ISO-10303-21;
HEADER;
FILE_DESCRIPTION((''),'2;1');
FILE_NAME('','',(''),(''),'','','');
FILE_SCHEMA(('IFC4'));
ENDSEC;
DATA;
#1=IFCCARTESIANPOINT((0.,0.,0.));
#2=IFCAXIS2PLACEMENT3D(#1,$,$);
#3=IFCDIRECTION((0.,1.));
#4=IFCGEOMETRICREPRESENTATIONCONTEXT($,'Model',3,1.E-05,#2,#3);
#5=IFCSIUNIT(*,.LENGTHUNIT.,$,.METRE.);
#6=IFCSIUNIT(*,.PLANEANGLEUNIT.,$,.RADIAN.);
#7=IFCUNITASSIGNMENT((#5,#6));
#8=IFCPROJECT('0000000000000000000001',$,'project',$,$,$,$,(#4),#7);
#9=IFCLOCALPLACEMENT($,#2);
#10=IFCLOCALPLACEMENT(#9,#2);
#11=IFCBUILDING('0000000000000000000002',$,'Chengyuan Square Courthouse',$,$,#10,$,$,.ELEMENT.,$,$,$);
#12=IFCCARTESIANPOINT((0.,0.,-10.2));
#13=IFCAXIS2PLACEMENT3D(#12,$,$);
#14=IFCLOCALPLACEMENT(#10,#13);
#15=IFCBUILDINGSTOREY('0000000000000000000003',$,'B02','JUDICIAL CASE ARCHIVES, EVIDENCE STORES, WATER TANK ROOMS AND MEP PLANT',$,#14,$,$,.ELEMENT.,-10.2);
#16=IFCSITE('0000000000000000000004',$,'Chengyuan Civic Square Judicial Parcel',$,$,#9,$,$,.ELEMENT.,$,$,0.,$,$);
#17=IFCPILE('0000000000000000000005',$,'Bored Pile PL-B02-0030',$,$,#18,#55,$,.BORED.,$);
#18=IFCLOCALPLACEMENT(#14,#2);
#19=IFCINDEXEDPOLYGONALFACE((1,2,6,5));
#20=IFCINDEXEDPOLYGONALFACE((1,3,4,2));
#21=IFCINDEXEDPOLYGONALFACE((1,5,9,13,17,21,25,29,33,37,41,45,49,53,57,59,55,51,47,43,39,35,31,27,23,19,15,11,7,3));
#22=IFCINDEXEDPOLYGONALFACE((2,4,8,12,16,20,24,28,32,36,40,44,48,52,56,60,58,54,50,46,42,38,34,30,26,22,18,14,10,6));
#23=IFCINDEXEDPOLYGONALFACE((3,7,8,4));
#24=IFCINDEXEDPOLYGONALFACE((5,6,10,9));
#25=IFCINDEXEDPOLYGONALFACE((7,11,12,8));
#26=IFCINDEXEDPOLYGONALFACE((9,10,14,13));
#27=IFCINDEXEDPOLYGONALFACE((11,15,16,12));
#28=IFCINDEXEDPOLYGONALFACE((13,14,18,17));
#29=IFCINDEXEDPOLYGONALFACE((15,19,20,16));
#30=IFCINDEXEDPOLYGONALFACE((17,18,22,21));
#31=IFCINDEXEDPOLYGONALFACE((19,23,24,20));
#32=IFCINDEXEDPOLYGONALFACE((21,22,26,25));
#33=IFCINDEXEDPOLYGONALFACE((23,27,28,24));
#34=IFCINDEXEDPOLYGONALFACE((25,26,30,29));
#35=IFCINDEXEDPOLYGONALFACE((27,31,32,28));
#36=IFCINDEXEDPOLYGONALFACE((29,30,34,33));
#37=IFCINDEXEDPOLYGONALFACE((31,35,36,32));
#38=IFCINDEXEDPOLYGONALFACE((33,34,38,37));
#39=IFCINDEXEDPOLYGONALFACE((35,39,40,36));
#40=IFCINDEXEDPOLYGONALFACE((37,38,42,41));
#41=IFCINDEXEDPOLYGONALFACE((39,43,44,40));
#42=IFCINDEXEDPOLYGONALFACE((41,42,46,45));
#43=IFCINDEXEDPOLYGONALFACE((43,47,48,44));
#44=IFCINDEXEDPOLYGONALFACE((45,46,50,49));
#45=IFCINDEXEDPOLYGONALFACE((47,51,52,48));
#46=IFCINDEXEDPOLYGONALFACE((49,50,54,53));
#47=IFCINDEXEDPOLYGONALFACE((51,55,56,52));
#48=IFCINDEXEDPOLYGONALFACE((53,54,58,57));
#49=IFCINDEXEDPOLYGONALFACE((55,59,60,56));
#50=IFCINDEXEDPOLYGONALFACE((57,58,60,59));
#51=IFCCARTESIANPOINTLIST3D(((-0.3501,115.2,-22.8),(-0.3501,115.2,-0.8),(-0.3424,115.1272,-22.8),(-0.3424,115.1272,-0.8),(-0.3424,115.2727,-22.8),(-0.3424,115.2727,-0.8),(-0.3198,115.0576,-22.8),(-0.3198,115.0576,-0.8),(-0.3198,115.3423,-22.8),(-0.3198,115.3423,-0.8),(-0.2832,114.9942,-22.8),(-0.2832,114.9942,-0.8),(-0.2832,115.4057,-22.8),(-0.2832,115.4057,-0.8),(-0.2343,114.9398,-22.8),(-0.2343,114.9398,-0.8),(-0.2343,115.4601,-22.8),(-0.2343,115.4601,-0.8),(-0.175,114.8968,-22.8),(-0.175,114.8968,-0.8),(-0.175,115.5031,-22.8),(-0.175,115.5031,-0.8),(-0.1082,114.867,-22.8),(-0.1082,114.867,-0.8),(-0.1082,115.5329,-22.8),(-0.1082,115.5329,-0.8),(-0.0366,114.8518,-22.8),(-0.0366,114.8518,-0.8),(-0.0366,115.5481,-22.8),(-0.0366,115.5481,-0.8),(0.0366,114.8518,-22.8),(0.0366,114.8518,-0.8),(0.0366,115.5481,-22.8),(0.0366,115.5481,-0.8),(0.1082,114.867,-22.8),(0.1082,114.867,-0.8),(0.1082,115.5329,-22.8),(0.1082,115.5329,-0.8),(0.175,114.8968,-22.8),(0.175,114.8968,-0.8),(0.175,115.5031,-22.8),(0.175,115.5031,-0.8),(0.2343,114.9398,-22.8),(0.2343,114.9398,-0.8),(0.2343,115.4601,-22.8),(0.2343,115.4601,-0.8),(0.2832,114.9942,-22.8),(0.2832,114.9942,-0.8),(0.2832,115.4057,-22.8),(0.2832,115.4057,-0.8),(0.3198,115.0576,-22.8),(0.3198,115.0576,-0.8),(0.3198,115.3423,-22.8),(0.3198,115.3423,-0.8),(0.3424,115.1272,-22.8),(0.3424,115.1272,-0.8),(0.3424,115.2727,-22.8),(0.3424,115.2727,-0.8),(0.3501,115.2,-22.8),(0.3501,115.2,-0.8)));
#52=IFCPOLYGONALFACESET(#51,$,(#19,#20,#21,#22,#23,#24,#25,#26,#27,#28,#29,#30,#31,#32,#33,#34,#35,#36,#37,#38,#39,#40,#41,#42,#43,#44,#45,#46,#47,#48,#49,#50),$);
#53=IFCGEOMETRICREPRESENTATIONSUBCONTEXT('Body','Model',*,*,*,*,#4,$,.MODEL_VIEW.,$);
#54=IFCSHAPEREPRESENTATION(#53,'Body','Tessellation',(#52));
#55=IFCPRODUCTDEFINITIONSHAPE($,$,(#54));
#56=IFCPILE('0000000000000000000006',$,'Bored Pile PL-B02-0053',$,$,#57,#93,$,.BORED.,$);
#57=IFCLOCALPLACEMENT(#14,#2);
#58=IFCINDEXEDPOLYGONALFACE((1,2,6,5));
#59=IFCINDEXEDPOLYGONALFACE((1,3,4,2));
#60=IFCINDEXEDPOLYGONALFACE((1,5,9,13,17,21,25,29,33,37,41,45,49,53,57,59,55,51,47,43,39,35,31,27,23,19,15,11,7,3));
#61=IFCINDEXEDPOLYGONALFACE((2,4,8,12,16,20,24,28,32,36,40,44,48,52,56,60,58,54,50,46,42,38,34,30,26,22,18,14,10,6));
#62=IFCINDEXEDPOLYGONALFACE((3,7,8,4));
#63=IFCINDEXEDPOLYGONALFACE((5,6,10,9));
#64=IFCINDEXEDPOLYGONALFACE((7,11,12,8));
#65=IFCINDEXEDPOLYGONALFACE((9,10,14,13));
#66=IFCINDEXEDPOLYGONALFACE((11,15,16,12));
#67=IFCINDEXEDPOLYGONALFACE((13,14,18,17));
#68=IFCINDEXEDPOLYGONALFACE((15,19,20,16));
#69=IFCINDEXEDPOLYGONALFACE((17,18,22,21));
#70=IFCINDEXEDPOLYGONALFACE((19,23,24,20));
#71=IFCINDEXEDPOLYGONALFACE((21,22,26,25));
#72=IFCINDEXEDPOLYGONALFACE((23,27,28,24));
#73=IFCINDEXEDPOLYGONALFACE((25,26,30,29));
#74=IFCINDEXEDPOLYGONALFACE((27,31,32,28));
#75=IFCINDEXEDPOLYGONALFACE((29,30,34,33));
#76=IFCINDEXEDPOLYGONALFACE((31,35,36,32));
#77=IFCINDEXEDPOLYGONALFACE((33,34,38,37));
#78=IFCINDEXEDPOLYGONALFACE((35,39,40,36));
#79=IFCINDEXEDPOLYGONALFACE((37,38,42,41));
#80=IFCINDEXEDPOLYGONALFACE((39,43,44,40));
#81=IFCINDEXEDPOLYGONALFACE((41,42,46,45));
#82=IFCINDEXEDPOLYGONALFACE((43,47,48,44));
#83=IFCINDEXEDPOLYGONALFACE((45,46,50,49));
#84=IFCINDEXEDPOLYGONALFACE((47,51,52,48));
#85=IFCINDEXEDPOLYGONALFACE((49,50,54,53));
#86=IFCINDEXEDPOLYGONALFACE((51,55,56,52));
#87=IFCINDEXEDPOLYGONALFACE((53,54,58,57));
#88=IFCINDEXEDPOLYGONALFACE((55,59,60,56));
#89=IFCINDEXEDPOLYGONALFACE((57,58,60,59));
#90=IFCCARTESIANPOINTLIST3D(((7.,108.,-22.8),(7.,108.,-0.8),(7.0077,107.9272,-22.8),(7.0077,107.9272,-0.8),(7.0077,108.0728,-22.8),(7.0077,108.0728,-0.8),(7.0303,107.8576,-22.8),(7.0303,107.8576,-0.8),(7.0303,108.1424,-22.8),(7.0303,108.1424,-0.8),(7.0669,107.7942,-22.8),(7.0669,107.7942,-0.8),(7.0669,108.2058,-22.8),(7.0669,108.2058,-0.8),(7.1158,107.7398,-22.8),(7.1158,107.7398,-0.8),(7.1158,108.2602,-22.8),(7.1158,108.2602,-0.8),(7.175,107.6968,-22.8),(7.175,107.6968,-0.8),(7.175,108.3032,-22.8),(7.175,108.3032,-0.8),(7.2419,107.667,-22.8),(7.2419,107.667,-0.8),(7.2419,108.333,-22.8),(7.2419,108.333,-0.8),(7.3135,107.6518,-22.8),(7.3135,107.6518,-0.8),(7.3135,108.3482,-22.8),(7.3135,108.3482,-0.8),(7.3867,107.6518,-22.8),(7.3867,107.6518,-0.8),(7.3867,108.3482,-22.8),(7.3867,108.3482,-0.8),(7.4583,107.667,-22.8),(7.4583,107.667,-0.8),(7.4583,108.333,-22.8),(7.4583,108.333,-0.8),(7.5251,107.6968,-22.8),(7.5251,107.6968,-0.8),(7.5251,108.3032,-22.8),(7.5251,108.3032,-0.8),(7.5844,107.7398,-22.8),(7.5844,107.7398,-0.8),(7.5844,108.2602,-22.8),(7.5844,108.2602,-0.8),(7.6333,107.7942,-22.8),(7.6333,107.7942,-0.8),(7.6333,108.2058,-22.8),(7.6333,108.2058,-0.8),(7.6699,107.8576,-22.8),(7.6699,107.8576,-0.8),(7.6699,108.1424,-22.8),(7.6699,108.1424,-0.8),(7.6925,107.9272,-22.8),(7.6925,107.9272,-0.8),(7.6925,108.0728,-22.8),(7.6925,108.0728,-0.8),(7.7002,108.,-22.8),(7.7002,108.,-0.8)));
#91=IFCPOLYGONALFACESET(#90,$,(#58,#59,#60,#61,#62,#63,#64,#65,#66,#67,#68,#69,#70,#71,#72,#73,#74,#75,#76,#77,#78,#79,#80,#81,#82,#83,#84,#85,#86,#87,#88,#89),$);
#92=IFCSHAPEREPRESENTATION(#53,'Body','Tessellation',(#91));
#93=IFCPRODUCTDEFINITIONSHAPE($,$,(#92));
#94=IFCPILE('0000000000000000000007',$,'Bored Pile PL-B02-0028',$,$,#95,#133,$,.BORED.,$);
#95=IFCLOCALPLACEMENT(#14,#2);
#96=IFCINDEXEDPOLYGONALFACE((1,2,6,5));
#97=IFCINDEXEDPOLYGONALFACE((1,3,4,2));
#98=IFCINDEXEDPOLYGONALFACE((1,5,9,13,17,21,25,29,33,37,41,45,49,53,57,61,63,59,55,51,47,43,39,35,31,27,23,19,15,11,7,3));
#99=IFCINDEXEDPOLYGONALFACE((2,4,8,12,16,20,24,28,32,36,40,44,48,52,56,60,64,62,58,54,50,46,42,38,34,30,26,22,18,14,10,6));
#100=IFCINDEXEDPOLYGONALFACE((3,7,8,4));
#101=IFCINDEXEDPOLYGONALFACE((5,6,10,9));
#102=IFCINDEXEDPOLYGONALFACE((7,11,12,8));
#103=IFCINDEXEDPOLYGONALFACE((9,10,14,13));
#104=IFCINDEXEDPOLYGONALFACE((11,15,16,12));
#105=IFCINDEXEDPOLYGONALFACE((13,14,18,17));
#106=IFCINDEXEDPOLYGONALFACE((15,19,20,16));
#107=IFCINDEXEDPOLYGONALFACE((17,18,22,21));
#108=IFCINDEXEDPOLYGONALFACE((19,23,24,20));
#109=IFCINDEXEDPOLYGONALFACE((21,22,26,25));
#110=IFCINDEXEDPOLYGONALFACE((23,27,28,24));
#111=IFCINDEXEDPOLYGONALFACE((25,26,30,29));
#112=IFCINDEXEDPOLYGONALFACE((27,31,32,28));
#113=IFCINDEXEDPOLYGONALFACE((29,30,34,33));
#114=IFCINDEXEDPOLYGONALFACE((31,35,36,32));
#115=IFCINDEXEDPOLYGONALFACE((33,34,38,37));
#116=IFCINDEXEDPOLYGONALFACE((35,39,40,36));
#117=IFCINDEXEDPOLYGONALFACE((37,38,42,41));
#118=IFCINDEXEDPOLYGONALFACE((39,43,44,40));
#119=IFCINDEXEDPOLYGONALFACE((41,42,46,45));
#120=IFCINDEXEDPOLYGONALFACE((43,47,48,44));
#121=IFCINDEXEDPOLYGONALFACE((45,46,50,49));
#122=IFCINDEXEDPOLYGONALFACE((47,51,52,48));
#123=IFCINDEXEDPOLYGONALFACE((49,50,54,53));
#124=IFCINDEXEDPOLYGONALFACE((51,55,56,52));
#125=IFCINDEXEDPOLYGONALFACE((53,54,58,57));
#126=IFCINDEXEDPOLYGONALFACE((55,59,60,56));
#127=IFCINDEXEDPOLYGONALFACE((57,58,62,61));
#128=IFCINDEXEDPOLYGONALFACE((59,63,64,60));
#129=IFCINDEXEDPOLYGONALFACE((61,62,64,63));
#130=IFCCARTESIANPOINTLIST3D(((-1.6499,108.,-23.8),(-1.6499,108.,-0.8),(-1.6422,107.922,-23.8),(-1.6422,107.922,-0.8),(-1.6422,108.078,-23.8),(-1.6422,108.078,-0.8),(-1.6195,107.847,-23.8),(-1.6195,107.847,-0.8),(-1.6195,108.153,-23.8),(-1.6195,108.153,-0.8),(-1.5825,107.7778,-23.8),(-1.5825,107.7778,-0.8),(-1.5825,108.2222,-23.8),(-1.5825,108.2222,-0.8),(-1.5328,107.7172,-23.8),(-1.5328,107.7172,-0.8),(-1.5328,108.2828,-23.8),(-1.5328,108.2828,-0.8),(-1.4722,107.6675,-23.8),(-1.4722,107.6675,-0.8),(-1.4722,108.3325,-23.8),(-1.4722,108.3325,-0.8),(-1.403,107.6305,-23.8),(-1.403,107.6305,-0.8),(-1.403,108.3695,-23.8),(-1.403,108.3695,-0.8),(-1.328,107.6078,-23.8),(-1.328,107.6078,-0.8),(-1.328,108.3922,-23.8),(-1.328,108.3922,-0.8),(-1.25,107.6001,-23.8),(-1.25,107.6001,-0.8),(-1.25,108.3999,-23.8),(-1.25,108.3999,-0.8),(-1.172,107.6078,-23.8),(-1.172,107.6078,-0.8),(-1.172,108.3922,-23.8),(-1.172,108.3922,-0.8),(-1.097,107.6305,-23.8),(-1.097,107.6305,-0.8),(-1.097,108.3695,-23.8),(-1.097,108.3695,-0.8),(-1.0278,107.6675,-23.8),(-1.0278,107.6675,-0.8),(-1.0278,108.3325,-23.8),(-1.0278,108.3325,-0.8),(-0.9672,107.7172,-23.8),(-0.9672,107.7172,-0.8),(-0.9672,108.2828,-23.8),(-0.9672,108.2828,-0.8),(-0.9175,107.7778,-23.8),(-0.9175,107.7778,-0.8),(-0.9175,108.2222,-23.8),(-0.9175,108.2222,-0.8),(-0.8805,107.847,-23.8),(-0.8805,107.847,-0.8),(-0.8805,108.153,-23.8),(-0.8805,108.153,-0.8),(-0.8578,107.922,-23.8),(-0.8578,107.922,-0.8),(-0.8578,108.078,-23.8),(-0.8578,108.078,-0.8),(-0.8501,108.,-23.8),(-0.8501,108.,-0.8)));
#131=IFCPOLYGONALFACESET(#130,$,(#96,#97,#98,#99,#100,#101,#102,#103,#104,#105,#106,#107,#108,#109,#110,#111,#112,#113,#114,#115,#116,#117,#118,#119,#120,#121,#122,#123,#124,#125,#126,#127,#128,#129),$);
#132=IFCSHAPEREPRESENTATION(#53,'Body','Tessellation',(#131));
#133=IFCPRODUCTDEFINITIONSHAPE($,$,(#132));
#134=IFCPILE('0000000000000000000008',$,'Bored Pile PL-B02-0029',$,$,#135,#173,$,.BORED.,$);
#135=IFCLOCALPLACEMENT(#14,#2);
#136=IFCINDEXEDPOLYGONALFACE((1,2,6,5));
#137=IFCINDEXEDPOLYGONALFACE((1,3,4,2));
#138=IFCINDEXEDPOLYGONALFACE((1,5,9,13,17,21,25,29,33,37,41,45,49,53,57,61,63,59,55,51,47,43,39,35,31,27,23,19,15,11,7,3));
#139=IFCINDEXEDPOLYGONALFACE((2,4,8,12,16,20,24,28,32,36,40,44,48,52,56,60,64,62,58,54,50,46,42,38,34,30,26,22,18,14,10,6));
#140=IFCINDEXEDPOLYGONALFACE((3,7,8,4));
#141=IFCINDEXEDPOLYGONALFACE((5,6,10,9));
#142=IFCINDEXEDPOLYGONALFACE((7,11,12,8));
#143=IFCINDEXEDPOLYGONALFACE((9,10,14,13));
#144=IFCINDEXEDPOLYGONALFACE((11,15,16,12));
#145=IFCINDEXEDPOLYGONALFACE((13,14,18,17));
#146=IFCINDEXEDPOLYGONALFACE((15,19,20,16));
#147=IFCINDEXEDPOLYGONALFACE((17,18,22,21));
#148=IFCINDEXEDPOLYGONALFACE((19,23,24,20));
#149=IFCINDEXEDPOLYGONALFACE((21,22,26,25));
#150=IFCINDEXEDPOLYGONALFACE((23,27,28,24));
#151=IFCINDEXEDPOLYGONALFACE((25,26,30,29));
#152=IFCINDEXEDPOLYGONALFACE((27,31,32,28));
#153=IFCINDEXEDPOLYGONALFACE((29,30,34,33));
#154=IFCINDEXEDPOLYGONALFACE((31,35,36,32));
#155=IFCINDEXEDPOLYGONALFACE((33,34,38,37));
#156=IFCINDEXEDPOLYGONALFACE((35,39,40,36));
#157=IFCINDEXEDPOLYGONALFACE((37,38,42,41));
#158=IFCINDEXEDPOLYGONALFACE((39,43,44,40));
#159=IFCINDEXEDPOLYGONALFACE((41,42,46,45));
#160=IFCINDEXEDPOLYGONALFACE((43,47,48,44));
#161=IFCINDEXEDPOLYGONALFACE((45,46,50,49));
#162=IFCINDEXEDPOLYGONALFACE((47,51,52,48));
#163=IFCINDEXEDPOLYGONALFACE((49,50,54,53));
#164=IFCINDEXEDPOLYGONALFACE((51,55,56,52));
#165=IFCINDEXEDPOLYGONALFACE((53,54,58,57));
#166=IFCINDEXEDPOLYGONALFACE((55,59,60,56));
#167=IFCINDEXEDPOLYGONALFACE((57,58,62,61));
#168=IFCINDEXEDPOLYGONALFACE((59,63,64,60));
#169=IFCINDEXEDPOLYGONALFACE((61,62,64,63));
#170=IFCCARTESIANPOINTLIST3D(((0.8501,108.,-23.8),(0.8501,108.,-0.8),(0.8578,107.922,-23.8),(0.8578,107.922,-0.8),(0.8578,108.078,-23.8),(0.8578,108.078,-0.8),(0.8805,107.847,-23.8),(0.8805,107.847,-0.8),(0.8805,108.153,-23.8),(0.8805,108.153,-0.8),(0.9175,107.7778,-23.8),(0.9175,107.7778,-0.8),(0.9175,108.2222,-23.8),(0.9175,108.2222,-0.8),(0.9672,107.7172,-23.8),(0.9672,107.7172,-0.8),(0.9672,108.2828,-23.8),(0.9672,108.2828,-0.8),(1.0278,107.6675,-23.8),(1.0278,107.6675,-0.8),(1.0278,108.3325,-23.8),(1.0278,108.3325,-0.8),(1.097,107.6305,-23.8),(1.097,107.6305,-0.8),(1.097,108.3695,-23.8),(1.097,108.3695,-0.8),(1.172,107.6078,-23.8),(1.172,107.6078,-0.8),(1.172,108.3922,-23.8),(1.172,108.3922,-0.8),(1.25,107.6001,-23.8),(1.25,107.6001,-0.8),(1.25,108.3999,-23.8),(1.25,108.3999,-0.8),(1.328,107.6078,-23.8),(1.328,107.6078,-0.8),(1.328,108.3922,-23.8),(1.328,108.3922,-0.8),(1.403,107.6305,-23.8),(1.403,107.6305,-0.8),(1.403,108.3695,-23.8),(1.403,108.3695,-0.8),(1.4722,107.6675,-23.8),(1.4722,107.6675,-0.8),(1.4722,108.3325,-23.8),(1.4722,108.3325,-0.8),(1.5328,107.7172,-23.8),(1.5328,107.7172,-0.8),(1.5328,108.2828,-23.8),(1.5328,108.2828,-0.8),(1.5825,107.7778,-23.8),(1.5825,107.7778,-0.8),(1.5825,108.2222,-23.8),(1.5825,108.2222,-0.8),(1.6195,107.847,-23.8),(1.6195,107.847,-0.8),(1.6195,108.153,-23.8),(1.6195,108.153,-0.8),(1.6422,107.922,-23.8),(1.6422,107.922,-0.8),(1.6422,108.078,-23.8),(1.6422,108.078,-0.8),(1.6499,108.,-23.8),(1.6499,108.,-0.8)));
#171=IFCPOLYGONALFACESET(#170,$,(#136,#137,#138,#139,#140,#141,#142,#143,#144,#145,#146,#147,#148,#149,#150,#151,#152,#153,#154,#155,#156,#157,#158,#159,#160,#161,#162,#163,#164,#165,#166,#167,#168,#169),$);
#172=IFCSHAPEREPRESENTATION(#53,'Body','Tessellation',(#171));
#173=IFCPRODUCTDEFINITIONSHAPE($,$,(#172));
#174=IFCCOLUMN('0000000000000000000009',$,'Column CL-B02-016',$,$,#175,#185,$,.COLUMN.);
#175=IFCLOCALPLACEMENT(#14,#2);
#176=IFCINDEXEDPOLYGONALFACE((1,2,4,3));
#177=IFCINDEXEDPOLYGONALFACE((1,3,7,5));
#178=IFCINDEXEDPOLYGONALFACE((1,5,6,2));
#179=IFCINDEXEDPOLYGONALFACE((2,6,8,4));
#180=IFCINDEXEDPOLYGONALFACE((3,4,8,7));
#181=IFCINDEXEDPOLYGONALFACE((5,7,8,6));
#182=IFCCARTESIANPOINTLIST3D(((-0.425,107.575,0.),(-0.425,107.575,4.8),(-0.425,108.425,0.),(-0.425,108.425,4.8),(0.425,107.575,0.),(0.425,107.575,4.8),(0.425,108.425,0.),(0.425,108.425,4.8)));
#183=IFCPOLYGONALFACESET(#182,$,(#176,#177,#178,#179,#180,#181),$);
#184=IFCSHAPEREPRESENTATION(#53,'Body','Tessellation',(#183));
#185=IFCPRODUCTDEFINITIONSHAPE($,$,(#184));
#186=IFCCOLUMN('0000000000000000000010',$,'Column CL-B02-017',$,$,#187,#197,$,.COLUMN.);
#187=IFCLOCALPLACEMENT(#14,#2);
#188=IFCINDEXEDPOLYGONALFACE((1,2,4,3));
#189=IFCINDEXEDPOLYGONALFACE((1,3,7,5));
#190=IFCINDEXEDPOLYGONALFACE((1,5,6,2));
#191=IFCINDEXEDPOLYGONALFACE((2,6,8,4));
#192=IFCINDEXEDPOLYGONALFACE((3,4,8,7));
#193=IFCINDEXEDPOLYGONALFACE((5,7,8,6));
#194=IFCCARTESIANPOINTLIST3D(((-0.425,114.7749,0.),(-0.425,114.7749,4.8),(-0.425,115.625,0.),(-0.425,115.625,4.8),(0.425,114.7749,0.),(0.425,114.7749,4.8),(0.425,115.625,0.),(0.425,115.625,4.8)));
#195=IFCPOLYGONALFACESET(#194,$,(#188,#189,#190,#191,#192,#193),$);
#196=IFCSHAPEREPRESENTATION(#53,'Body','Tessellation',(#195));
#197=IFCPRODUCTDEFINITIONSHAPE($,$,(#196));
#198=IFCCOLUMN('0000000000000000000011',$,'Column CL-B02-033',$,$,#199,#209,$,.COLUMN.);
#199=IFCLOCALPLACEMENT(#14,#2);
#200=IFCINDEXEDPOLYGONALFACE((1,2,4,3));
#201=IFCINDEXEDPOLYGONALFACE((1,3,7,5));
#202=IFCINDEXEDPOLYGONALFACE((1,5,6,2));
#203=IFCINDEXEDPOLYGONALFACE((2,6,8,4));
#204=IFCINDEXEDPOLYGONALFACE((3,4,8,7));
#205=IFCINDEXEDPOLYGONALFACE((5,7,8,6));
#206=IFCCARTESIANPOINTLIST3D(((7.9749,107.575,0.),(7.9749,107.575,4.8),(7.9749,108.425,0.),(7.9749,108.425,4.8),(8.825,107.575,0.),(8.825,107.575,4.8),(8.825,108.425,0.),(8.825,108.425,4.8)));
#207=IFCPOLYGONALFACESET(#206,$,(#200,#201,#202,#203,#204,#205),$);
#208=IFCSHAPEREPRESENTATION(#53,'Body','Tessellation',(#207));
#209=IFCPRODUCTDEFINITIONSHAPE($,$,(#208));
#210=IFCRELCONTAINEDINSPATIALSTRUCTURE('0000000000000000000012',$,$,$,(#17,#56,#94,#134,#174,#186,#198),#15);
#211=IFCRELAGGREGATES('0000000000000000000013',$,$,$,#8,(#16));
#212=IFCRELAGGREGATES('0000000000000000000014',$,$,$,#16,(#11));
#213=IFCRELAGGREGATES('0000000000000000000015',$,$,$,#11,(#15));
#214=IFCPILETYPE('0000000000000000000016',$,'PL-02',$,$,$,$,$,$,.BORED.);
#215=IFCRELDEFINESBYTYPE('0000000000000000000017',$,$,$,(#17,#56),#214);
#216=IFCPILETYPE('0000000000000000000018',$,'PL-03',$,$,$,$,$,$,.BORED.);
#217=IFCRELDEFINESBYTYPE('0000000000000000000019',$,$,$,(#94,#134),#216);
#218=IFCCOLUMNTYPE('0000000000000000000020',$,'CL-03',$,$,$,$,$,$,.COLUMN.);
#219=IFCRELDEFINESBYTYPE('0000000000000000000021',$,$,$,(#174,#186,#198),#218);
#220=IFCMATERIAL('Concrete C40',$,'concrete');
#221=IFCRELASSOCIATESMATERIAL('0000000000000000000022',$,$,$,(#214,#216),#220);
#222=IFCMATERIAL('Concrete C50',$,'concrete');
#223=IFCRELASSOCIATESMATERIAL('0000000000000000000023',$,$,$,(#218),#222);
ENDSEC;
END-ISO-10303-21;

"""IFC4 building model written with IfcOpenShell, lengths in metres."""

from ifc_helpers import new_model, si_unit, direction, frame, origin, origin_2d, place, context, subcontext, project, spatial, rectangle, circle, extrude, material, material_profile, profile_set, type_object, element, save


model = new_model("IFC4")

# Units and contexts
model_context = context("Model", 3, precision=1e-05, world=origin(), true_north=direction((0.0, 1.0)))
body_context = subcontext(model_context, "Body", "Model", "MODEL_VIEW")
ifc_project = project(units=[si_unit("LENGTHUNIT", "METRE"), si_unit("PLANEANGLEUNIT", "RADIAN")], contexts=[model_context])

# Site, building, storey
site_placement = place(None, origin())
site = spatial("IfcSite", under=ifc_project, at=site_placement, Name="Chengyuan Civic Square Judicial Parcel", CompositionType="ELEMENT", RefElevation=0.0)
building_placement = place(site_placement, origin())
building = spatial("IfcBuilding", under=site, at=building_placement, Name="Chengyuan Square Courthouse", CompositionType="ELEMENT")
storey_placement = place(building_placement, frame((0.0, 0.0, -10.2)))
storey = spatial("IfcBuildingStorey", under=building, at=storey_placement, Name="B02", Description="JUDICIAL CASE ARCHIVES, EVIDENCE STORES, WATER TANK ROOMS AND MEP PLANT", CompositionType="ELEMENT", Elevation=-10.2)

# Shared definitions
ifc_material_1 = material(Name="Concrete C40", Category="concrete")

# Piles
ifc_material_profile_1 = material_profile(ifc_material_1, circle(Radius=0.3501, at=origin_2d()), Name="BORED PILE D700")
ifc_profile_set_1 = profile_set([ifc_material_profile_1], Name="Concrete C40")
pile_type_1 = type_object("IfcPileType", Name="PL-02", PredefinedType="BORED", material=ifc_profile_set_1)
for number, where, z_axis, x_axis, name in (
    (1, (0.0, 115.2, -0.8), (0.0, 0.0, -1.0), (1.0, 0.0, 0.0), "Bored Pile PL-B02-0030"),
    (2, (7.3501, 108.0, -0.8), (0.0, 0.0, -1.0), (1.0, 0.0, 0.0), "Bored Pile PL-B02-0053"),
):
    element("IfcPile", number, at=place(storey_placement, frame(where, z_axis=z_axis, x_axis=x_axis)), inside=storey, type_object=pile_type_1, Name=name, PredefinedType="BORED", context=body_context, shape_type="SweptSolid", body=[
        extrude(circle(Radius=0.3501, at=origin_2d()), origin(), (0.0, 0.0, 1.0), 22.0),
    ])
ifc_material_profile_2 = material_profile(ifc_material_1, circle(Radius=0.3999, at=origin_2d()), Name="BORED PILE D800")
ifc_profile_set_2 = profile_set([ifc_material_profile_2], Name="Concrete C40")
pile_type_2 = type_object("IfcPileType", Name="PL-03", PredefinedType="BORED", material=ifc_profile_set_2)
for number, where, z_axis, x_axis, name in (
    (3, (-1.25, 108.0, -0.8), (0.0, 0.0, -1.0), (1.0, 0.0, 0.0), "Bored Pile PL-B02-0028"),
    (4, (1.25, 108.0, -0.8), (0.0, 0.0, -1.0), (1.0, 0.0, 0.0), "Bored Pile PL-B02-0029"),
):
    element("IfcPile", number, at=place(storey_placement, frame(where, z_axis=z_axis, x_axis=x_axis)), inside=storey, type_object=pile_type_2, Name=name, PredefinedType="BORED", context=body_context, shape_type="SweptSolid", body=[
        extrude(circle(Radius=0.3999, at=origin_2d()), origin(), (0.0, 0.0, 1.0), 23.0),
    ])

# Columns
ifc_material_2 = material(Name="Concrete C50", Category="concrete")
ifc_material_profile_3 = material_profile(ifc_material_2, rectangle(XDim=0.8501, YDim=0.8501, at=origin_2d()), Name="RC-COL-850x850")
ifc_profile_set_3 = profile_set([ifc_material_profile_3], Name="Concrete C50")
column_type = type_object("IfcColumnType", Name="CL-03", PredefinedType="COLUMN", material=ifc_profile_set_3)
for number, where, z_axis, x_axis, name in (
    (5, (0.0, 108.0, 0.0), (0.0, 0.0, 1.0), (1.0, 0.0, 0.0), "Column CL-B02-016"),
    (6, (0.0, 115.2, 0.0), (0.0, 0.0, 1.0), (1.0, 0.0, 0.0), "Column CL-B02-017"),
    (7, (8.3999, 108.0, 0.0), (0.0, 0.0, 1.0), (1.0, 0.0, 0.0), "Column CL-B02-033"),
):
    element("IfcColumn", number, at=place(storey_placement, frame(where, z_axis=z_axis, x_axis=x_axis)), inside=storey, type_object=column_type, Name=name, PredefinedType="COLUMN", context=body_context, shape_type="SweptSolid", body=[
        extrude(rectangle(XDim=0.8501, YDim=0.8501, at=origin_2d()), origin(), (0.0, 0.0, 1.0), 4.8),
    ])

save(model, "model.ifc")
